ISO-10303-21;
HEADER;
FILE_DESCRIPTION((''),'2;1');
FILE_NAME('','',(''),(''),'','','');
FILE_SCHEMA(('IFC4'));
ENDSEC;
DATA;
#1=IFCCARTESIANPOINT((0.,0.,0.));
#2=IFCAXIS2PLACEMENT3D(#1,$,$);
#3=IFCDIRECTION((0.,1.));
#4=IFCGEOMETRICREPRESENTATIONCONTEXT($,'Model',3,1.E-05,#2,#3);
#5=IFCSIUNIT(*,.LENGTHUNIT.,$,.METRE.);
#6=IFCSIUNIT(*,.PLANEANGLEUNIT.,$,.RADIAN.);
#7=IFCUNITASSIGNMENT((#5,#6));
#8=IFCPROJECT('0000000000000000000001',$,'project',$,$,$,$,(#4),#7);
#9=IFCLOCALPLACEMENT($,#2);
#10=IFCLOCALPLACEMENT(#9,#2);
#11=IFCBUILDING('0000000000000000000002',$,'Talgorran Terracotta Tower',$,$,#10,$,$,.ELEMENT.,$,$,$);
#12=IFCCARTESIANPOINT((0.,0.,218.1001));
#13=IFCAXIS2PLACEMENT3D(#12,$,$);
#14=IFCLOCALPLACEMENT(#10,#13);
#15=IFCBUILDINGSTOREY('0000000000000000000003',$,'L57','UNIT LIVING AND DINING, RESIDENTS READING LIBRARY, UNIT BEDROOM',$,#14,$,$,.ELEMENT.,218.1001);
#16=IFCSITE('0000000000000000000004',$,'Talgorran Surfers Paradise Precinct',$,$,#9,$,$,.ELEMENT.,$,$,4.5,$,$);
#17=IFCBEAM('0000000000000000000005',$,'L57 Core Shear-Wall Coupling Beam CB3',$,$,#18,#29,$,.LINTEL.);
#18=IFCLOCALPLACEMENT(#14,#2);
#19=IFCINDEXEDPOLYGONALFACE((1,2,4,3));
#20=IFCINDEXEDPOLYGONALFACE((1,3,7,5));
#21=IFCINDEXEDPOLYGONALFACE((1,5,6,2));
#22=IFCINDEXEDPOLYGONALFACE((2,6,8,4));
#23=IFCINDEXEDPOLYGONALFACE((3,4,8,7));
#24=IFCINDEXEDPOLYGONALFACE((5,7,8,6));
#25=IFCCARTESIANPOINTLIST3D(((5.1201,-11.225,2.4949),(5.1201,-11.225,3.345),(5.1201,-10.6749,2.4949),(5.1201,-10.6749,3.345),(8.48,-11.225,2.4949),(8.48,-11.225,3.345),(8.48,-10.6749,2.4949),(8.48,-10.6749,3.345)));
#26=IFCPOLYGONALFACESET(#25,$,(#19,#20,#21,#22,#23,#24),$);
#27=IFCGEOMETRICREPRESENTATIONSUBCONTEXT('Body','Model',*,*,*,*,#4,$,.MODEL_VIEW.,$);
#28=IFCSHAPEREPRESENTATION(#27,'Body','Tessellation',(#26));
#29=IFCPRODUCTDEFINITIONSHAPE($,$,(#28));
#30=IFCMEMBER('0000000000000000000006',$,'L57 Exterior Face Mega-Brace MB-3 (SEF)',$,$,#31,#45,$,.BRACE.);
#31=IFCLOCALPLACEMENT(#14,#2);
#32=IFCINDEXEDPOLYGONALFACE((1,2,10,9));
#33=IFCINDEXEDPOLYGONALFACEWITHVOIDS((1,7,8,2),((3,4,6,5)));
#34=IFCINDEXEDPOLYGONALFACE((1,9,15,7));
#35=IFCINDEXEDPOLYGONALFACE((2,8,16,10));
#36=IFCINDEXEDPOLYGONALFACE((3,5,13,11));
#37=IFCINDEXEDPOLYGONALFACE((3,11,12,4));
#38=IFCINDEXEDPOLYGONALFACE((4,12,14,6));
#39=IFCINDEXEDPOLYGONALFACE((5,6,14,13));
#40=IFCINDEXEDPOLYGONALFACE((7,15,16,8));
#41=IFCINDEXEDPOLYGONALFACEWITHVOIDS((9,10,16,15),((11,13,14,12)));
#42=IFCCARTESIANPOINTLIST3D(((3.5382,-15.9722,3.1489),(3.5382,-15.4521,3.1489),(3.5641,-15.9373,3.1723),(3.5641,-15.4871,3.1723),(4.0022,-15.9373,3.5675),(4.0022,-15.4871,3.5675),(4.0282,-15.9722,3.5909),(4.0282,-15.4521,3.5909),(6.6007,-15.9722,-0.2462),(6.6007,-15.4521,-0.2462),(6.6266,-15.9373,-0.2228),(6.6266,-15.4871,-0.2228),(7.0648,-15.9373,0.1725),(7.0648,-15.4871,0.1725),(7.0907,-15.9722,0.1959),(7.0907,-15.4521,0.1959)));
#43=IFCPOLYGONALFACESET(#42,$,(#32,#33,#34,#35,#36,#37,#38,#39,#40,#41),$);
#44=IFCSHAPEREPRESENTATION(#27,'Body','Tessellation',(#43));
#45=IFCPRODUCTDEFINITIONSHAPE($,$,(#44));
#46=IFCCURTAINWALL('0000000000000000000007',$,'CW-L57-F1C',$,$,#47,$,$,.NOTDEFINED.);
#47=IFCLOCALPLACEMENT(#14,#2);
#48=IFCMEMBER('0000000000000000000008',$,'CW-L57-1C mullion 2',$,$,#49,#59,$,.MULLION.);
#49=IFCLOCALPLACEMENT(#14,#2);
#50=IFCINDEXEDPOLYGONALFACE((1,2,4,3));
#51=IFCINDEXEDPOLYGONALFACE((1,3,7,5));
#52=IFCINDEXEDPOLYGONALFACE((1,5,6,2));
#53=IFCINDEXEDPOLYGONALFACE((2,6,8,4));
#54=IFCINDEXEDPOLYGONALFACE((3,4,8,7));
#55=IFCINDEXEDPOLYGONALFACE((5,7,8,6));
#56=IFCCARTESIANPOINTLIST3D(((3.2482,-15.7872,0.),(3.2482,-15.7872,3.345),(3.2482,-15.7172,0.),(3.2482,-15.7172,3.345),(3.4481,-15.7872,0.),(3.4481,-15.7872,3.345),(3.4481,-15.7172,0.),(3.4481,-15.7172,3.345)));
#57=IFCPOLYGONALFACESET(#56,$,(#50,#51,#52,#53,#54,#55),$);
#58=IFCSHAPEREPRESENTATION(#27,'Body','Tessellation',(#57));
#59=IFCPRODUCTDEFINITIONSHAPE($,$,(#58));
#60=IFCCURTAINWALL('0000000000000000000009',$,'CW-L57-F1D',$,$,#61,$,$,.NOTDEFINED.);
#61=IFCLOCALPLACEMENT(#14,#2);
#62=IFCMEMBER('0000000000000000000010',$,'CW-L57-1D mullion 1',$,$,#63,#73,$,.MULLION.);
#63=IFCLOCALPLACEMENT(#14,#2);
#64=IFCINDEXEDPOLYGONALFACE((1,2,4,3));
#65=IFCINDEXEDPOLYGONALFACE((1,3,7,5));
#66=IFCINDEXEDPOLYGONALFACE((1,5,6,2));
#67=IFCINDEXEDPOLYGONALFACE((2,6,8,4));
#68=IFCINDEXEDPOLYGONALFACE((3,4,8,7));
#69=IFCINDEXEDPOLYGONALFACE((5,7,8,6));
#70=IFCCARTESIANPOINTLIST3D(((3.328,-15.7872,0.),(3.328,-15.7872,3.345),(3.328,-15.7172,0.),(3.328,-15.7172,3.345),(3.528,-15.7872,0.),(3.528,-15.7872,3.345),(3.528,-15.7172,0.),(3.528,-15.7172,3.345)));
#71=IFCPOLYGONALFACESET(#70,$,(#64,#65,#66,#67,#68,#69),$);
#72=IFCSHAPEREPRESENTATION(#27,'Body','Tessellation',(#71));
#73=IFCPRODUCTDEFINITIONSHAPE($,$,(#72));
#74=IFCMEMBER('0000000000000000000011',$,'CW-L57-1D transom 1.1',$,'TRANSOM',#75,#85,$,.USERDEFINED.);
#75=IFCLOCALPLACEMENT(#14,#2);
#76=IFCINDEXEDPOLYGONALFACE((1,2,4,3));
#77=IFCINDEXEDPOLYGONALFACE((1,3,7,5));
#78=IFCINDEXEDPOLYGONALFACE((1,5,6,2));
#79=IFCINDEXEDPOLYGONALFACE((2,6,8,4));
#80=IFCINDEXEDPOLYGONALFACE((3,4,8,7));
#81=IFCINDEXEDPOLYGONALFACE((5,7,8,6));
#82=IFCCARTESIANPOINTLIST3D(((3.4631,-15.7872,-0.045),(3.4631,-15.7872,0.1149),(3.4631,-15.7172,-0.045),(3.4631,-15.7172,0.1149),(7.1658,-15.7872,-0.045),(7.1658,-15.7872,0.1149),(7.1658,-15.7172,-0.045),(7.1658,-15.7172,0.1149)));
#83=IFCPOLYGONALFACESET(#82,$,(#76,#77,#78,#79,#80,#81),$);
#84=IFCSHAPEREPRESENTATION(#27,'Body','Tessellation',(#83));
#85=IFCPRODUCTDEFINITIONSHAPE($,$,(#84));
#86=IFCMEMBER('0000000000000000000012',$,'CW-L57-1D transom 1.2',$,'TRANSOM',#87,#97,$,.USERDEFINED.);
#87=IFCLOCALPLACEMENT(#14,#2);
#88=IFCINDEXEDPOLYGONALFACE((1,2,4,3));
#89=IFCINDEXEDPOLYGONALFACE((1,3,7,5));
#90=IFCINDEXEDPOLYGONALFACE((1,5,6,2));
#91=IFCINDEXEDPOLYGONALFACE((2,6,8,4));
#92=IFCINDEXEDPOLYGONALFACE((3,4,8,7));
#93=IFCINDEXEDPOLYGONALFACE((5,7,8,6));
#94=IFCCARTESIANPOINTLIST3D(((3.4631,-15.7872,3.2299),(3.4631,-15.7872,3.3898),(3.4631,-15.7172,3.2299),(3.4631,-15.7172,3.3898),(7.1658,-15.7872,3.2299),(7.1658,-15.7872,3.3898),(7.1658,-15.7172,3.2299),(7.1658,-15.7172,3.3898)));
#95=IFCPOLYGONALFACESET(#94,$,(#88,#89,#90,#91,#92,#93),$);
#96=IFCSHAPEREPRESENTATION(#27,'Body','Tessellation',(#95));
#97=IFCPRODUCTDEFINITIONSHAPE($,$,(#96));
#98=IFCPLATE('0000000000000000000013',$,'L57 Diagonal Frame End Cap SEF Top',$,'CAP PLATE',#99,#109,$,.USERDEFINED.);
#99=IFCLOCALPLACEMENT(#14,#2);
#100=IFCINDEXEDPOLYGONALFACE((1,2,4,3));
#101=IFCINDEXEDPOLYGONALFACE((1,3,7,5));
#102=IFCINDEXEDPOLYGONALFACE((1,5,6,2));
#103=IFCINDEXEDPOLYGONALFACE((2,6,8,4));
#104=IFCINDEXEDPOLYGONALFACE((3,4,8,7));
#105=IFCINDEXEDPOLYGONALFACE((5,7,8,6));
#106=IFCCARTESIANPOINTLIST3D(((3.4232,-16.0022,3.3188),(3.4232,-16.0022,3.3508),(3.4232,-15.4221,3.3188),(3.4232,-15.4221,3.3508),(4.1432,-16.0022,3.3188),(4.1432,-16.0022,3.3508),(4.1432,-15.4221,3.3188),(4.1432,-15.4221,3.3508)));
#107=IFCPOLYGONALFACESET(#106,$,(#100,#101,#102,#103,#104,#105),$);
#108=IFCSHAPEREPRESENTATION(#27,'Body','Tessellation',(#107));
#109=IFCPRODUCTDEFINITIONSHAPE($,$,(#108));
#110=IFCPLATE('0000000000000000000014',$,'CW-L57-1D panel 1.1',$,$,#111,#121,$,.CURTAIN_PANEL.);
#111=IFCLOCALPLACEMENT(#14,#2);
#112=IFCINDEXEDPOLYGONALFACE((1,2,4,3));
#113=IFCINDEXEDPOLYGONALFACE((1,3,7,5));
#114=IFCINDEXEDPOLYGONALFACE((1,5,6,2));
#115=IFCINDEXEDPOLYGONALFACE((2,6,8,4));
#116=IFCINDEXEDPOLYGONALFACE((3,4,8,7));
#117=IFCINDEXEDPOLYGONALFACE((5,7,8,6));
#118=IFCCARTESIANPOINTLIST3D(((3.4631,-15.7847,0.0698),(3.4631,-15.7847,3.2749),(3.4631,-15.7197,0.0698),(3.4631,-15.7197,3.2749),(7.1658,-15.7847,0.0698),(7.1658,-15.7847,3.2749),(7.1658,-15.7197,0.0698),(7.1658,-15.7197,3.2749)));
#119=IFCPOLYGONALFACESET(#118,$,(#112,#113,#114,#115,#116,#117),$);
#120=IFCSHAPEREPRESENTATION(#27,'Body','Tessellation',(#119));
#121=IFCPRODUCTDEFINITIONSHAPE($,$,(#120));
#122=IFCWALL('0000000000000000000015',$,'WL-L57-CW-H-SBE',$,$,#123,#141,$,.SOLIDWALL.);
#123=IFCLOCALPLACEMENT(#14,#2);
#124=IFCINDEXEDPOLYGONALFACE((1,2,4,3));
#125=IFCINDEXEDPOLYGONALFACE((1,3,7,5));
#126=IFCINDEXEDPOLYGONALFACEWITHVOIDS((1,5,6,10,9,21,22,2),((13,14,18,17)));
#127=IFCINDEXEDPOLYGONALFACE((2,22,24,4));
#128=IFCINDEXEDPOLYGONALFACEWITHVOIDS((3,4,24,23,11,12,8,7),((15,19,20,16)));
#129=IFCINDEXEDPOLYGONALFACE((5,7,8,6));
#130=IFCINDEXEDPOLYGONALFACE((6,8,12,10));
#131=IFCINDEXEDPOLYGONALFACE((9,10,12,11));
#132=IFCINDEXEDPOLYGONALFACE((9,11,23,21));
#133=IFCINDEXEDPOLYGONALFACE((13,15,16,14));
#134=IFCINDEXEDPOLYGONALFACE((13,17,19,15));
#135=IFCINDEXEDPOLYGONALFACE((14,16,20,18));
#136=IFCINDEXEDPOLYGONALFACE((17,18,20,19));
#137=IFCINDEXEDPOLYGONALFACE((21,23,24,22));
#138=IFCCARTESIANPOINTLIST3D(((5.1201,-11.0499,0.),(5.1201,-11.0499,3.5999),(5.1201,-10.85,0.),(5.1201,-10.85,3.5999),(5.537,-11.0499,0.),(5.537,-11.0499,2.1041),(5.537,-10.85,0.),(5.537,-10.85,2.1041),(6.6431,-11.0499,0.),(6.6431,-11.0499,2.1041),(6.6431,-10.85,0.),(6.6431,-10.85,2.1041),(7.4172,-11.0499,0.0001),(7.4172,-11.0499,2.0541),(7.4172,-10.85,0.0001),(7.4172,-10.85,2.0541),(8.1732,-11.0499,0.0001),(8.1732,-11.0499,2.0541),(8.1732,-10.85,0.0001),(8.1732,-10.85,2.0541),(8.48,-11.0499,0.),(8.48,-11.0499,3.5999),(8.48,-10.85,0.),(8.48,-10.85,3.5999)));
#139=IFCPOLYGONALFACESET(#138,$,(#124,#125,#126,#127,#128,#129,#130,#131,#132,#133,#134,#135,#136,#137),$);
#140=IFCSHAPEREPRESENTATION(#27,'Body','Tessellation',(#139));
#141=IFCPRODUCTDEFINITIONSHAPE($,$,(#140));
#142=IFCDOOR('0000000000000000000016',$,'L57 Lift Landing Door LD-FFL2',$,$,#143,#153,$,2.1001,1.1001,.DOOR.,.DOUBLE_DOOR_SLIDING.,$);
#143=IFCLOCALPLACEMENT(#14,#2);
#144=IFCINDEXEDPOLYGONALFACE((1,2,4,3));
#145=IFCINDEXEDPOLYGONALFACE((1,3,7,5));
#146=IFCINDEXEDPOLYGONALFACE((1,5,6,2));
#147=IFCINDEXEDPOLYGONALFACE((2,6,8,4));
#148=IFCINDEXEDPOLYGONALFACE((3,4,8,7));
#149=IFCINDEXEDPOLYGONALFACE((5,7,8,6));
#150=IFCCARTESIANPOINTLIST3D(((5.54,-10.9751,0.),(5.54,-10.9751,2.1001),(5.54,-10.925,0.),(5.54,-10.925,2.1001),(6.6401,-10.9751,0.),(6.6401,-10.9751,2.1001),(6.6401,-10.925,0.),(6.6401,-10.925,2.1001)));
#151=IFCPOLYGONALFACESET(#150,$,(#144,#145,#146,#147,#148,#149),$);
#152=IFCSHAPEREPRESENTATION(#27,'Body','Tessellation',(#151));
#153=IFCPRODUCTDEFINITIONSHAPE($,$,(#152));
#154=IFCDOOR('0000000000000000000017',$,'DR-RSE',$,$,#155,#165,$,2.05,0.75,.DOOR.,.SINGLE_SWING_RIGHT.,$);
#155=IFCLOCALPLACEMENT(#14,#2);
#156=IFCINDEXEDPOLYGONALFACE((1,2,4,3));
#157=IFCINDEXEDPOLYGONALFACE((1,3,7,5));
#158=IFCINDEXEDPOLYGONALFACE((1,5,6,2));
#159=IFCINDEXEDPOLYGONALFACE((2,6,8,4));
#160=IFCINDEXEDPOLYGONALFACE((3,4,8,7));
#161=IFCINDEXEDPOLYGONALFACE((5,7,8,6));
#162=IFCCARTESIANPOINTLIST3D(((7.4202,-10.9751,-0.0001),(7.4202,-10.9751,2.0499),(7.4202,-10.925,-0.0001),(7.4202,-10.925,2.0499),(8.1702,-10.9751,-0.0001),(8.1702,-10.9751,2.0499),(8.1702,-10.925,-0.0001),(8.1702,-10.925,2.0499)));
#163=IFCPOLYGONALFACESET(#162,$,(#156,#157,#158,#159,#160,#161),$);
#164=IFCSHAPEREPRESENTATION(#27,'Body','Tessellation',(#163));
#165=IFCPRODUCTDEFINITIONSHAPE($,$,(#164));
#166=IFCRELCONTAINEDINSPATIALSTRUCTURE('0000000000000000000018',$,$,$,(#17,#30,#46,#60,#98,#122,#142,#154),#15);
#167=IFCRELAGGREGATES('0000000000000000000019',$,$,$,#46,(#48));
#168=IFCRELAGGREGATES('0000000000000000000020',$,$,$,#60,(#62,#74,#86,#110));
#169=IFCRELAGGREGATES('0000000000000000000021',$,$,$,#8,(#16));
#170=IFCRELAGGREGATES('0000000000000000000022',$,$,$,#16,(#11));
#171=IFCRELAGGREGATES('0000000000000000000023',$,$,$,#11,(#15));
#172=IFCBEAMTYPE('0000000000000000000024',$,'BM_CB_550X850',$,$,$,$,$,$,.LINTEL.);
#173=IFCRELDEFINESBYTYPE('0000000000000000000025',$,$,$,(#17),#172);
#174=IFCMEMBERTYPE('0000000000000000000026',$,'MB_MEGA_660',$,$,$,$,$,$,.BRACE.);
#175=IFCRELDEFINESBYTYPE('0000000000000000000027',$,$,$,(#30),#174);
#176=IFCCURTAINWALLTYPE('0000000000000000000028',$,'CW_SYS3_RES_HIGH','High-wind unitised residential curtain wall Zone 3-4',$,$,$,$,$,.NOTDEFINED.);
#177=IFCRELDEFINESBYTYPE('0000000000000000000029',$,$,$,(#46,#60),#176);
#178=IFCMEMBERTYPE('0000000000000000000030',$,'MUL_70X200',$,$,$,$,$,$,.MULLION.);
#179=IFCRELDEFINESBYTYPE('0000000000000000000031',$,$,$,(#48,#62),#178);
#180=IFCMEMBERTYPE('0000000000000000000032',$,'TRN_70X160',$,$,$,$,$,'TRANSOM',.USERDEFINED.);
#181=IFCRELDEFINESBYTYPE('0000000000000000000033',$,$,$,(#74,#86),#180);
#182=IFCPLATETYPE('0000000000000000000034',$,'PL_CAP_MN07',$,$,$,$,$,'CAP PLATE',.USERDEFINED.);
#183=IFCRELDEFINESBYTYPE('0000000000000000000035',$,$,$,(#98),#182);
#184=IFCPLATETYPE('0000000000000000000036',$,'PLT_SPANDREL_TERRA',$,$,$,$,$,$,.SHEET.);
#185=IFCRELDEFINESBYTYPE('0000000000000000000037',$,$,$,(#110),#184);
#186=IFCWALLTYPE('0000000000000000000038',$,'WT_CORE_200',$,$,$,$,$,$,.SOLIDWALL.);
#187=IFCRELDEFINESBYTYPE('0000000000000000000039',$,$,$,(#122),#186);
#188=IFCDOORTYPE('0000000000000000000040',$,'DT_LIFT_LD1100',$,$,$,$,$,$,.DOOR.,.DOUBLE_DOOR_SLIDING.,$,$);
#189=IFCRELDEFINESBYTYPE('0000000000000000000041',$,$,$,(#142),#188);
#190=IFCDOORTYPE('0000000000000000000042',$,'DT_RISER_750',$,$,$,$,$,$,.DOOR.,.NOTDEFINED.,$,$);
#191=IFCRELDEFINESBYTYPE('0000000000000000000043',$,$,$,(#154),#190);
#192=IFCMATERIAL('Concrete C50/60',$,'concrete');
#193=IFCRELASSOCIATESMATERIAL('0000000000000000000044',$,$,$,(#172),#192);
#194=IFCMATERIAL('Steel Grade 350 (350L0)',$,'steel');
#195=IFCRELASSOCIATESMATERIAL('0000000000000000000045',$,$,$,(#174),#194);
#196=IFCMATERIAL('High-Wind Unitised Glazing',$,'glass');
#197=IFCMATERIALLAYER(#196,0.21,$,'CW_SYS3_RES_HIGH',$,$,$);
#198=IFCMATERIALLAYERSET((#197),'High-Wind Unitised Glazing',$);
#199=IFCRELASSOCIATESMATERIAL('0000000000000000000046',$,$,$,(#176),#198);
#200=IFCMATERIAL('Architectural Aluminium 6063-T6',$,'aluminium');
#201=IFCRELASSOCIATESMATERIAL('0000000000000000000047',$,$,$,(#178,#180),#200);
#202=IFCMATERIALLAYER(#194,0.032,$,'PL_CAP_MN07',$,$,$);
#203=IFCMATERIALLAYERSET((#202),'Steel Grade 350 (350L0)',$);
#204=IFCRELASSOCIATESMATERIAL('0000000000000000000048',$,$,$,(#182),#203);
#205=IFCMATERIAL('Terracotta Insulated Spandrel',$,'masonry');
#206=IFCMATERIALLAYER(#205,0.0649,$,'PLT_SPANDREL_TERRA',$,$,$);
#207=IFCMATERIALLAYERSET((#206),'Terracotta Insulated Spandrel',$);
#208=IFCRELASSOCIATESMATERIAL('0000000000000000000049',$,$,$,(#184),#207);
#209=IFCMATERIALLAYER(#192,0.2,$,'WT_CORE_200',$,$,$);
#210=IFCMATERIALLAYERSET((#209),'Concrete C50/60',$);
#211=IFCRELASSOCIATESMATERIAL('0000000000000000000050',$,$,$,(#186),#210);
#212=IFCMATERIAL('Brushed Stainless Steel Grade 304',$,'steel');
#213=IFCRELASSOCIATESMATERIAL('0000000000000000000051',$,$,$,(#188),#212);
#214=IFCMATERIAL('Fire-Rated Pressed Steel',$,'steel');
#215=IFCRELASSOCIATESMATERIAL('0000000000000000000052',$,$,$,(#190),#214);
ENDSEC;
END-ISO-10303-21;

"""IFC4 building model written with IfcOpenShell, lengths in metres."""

from ifc_helpers import new_model, si_unit, direction, frame, frame_2d, origin, origin_2d, place, context, subcontext, project, spatial, rectangle, hollow_rectangle, extrude, source, transform, mapped, material, layer, layer_set, material_profile, profile_set, type_object, type_shapes, element, fill, aggregate, save


model = new_model("IFC4")

# Units and contexts
model_context = context("Model", 3, precision=1e-05, world=origin(), true_north=direction((0.0, 1.0)))
body_context = subcontext(model_context, "Body", "Model", "MODEL_VIEW")
ifc_project = project(units=[si_unit("LENGTHUNIT", "METRE"), si_unit("PLANEANGLEUNIT", "RADIAN")], contexts=[model_context])

# Site, building, storey
site_placement = place(None, origin())
site = spatial("IfcSite", under=ifc_project, at=site_placement, Name="Talgorran Surfers Paradise Precinct", CompositionType="ELEMENT", RefElevation=4.5)
building_placement = place(site_placement, origin())
building = spatial("IfcBuilding", under=site, at=building_placement, Name="Talgorran Terracotta Tower", CompositionType="ELEMENT")
storey_placement = place(building_placement, frame((0.0, 0.0, 218.1001)))
storey = spatial("IfcBuildingStorey", under=building, at=storey_placement, Name="L57", Description="UNIT LIVING AND DINING, RESIDENTS READING LIBRARY, UNIT BEDROOM", CompositionType="ELEMENT", Elevation=218.1001)

# Beam
ifc_material_1 = material(Name="Concrete C50/60", Category="concrete")
ifc_material_profile_1 = material_profile(ifc_material_1, rectangle(XDim=0.55, YDim=0.8501, at=origin_2d()), Name="RCCB550X850")
ifc_profile_set_1 = profile_set([ifc_material_profile_1], Name="Concrete C50/60")
beam_type = type_object("IfcBeamType", Name="BM_CB_550X850", PredefinedType="LINTEL", material=ifc_profile_set_1)
beam_placement = place(storey_placement, frame((5.1201, -10.95, 2.9199), z_axis=(1.0, 0.0, 0.0), x_axis=(0.0, 1.0, 0.0)))
element("IfcBeam", 1, at=beam_placement, inside=storey, type_object=beam_type, Name="L57 Core Shear-Wall Coupling Beam CB3", PredefinedType="LINTEL", context=body_context, shape_type="SweptSolid", body=[
    extrude(rectangle(XDim=0.55, YDim=0.8501, at=origin_2d()), origin(), (0.0, 0.0, 1.0), 3.3599),
])

# Member
ifc_material_2 = material(Name="Steel Grade 350 (350L0)", Category="steel")
ifc_material_profile_2 = material_profile(ifc_material_2, hollow_rectangle(XDim=0.52, YDim=0.6599, WallThickness=0.0349, at=origin_2d()), Name="WBOX660X520X35")
ifc_profile_set_2 = profile_set([ifc_material_profile_2], Name="Steel Grade 350 (350L0)")
member_type_1 = type_object("IfcMemberType", Name="MB_MEGA_660", PredefinedType="BRACE", material=ifc_profile_set_2)
member_1_placement = place(storey_placement, frame((6.8457, -15.7122, -0.0251), z_axis=(-0.669808, 0.0, 0.742534), x_axis=(0.0, -1.0, 0.0)))
element("IfcMember", 2, at=member_1_placement, inside=storey, type_object=member_type_1, Name="L57 Exterior Face Mega-Brace MB-3 (SEF)", PredefinedType="BRACE", context=body_context, shape_type="SweptSolid", body=[
    extrude(hollow_rectangle(XDim=0.52, YDim=0.6599, WallThickness=0.0349, at=origin_2d()), origin(), (0.0, 0.0, 1.0), 4.5723),
])

# Curtain wall, member
ifc_material_3 = material(Name="High-Wind Unitised Glazing", Category="glass")
ifc_layer_1 = layer(ifc_material_3, 0.21, Name="CW_SYS3_RES_HIGH")
ifc_layer_set_1 = layer_set([ifc_layer_1], Name="High-Wind Unitised Glazing")
curtain_wall_type = type_object("IfcCurtainWallType", Name="CW_SYS3_RES_HIGH", Description="High-wind unitised residential curtain wall Zone 3-4", PredefinedType="NOTDEFINED", material=ifc_layer_set_1)
curtain_wall_1_placement = place(storey_placement, origin())
curtain_wall_1 = element("IfcCurtainWall", 3, at=curtain_wall_1_placement, inside=storey, type_object=curtain_wall_type, Name="CW-L57-F1C", PredefinedType="NOTDEFINED")
ifc_material_4 = material(Name="Architectural Aluminium 6063-T6", Category="aluminium")
ifc_material_profile_3 = material_profile(ifc_material_4, rectangle(XDim=0.0701, YDim=0.2, at=origin_2d()), Name="CWM70X200")
ifc_profile_set_3 = profile_set([ifc_material_profile_3], Name="Architectural Aluminium 6063-T6")
member_type_2 = type_object("IfcMemberType", Name="MUL_70X200", PredefinedType="MULLION", material=ifc_profile_set_3)
member_2_placement = place(storey_placement, frame((3.3481, -15.7522, 0.0), z_axis=(0.0, 0.0, 1.0), x_axis=(0.0, 1.0, 0.0)))
member_2 = element("IfcMember", 4, at=member_2_placement, type_object=member_type_2, Name="CW-L57-1C mullion 2", PredefinedType="MULLION", context=body_context, shape_type="SweptSolid", body=[
    extrude(rectangle(XDim=0.0701, YDim=0.2, at=origin_2d()), origin(), (0.0, 0.0, 1.0), 3.345),
])
aggregate(curtain_wall_1, [member_2])

# Curtain wall, members
curtain_wall_2_placement = place(storey_placement, origin())
curtain_wall_2 = element("IfcCurtainWall", 5, at=curtain_wall_2_placement, inside=storey, type_object=curtain_wall_type, Name="CW-L57-F1D", PredefinedType="NOTDEFINED")
member_3_placement = place(storey_placement, frame((3.428, -15.7522, 0.0), z_axis=(0.0, 0.0, 1.0), x_axis=(0.0, 1.0, 0.0)))
member_3 = element("IfcMember", 6, at=member_3_placement, type_object=member_type_2, Name="CW-L57-1D mullion 1", PredefinedType="MULLION", context=body_context, shape_type="SweptSolid", body=[
    extrude(rectangle(XDim=0.0701, YDim=0.2, at=origin_2d()), origin(), (0.0, 0.0, 1.0), 3.345),
])
ifc_material_profile_4 = material_profile(ifc_material_4, rectangle(XDim=0.0701, YDim=0.1599, at=origin_2d()), Name="CWT70X160")
ifc_profile_set_4 = profile_set([ifc_material_profile_4], Name="Architectural Aluminium 6063-T6")
member_type_3 = type_object("IfcMemberType", Name="TRN_70X160", ElementType="TRANSOM", PredefinedType="USERDEFINED", material=ifc_profile_set_4)
member_4_placement = place(storey_placement, frame((3.4631, -15.7522, 0.0349), z_axis=(1.0, 0.0, 0.0), x_axis=(0.0, 1.0, 0.0)))
member_4 = element("IfcMember", 7, at=member_4_placement, type_object=member_type_3, Name="CW-L57-1D transom 1.1", ObjectType="TRANSOM", PredefinedType="USERDEFINED", context=body_context, shape_type="SweptSolid", body=[
    extrude(rectangle(XDim=0.0701, YDim=0.1599, at=origin_2d()), origin(), (0.0, 0.0, 1.0), 3.7026),
])
member_5_placement = place(storey_placement, frame((3.4631, -15.7522, 3.3098), z_axis=(1.0, 0.0, 0.0), x_axis=(0.0, 1.0, 0.0)))
member_5 = element("IfcMember", 8, at=member_5_placement, type_object=member_type_3, Name="CW-L57-1D transom 1.2", ObjectType="TRANSOM", PredefinedType="USERDEFINED", context=body_context, shape_type="SweptSolid", body=[
    extrude(rectangle(XDim=0.0701, YDim=0.1599, at=origin_2d()), origin(), (0.0, 0.0, 1.0), 3.7026),
])

# Plates
ifc_layer_2 = layer(ifc_material_2, 0.032, Name="PL_CAP_MN07")
ifc_layer_set_2 = layer_set([ifc_layer_2], Name="Steel Grade 350 (350L0)")
plate_type_1 = type_object("IfcPlateType", Name="PL_CAP_MN07", ElementType="CAP PLATE", PredefinedType="USERDEFINED", material=ifc_layer_set_2)
plate_1_placement = place(storey_placement, frame((3.7832, -15.7122, 3.3188), z_axis=(0.0, 0.0, 1.0), x_axis=(-1.0, 0.0, 0.0)))
element("IfcPlate", 9, at=plate_1_placement, inside=storey, type_object=plate_type_1, Name="L57 Diagonal Frame End Cap SEF Top", ObjectType="CAP PLATE", PredefinedType="USERDEFINED", context=body_context, shape_type="SweptSolid", body=[
    extrude(rectangle(XDim=0.72, YDim=0.5801, at=origin_2d()), origin(), (0.0, 0.0, 1.0), 0.032),
])
ifc_material_5 = material(Name="Terracotta Insulated Spandrel", Category="masonry")
ifc_layer_3 = layer(ifc_material_5, 0.0649, Name="PLT_SPANDREL_TERRA")
ifc_layer_set_3 = layer_set([ifc_layer_3], Name="Terracotta Insulated Spandrel")
plate_type_2 = type_object("IfcPlateType", Name="PLT_SPANDREL_TERRA", PredefinedType="SHEET", material=ifc_layer_set_3)
shared_shape = source(origin(), body_context, "Body", "SweptSolid", [
    extrude(rectangle(XDim=3.7026, YDim=0.0649, at=origin_2d()), origin(), (0.0, 0.0, 1.0), 3.2051),
])
type_shapes(plate_type_2, [shared_shape])
plate_2_placement = place(storey_placement, frame((5.3145, -15.7522, 0.0698), z_axis=(0.0, 0.0, 1.0), x_axis=(1.0, 0.0, 0.0)))
plate_2 = element("IfcPlate", 10, at=plate_2_placement, type_object=plate_type_2, Name="CW-L57-1D panel 1.1", PredefinedType="CURTAIN_PANEL", context=body_context, shape_type="MappedRepresentation", body=[
    mapped(shared_shape, transform((0.0, 0.0, 0.0), scale=1.0)),
])
aggregate(curtain_wall_2, [member_3, member_4, member_5, plate_2])

# Wall, openings, doors
ifc_layer_4 = layer(ifc_material_1, 0.2, Name="WT_CORE_200")
ifc_layer_set_4 = layer_set([ifc_layer_4], Name="Concrete C50/60")
wall_type_1 = type_object("IfcWallType", Name="WT_CORE_200", PredefinedType="SOLIDWALL", material=ifc_layer_set_4)
wall_1_placement = place(storey_placement, frame((5.1201, -10.95, 0.0), z_axis=(0.0, 0.0, 1.0), x_axis=(1.0, 0.0, 0.0)))
wall_1 = element("IfcWall", 11, at=wall_1_placement, inside=storey, type_object=wall_type_1, Name="WL-L57-CW-H-SBE", PredefinedType="SOLIDWALL", context=body_context, shape_type="SweptSolid", body=[
    extrude(rectangle(XDim=3.3599, YDim=0.2, at=frame_2d((1.6799, 0.0))), origin(), (0.0, 0.0, 1.0), 3.5999),
])
opening_1_placement = place(wall_1_placement, frame((0.4199, 0.0, 0.0)))
opening_1 = element("IfcOpeningElement", 12, at=opening_1_placement, cuts=wall_1, PredefinedType="OPENING", context=body_context, shape_type="SweptSolid", body=[
    extrude(rectangle(XDim=1.1061, YDim=2.1041, at=frame_2d((0.55, 1.052))), frame((0.0, 0.1099, 0.0), z_axis=(0.0, -1.0, 0.0), x_axis=(1.0, 0.0, 0.0)), (0.0, 0.0, 1.0), 0.22),
])
opening_2_placement = place(wall_1_placement, frame((2.3, 0.0, 0.0)))
opening_2 = element("IfcOpeningElement", 13, at=opening_2_placement, cuts=wall_1, PredefinedType="OPENING", context=body_context, shape_type="SweptSolid", body=[
    extrude(rectangle(XDim=0.756, YDim=2.054, at=frame_2d((0.375, 1.0271))), frame((0.0, 0.1099, 0.0), z_axis=(0.0, -1.0, 0.0), x_axis=(1.0, 0.0, 0.0)), (0.0, 0.0, 1.0), 0.22),
])
ifc_material_6 = material(Name="Brushed Stainless Steel Grade 304", Category="steel")
door_type_1 = type_object("IfcDoorType", Name="DT_LIFT_LD1100", OperationType="DOUBLE_DOOR_SLIDING", PredefinedType="DOOR", material=ifc_material_6)
door_1_placement = place(opening_1_placement, origin())
door_1 = element("IfcDoor", 14, at=door_1_placement, inside=storey, type_object=door_type_1, Name="L57 Lift Landing Door LD-FFL2", OperationType="DOUBLE_DOOR_SLIDING", OverallHeight=2.1001, OverallWidth=1.1001, PredefinedType="DOOR", context=body_context, shape_type="SweptSolid", body=[
    extrude(rectangle(XDim=1.1001, YDim=2.1001, at=frame_2d((0.55, 1.05))), frame((0.0, 0.0249, 0.0), z_axis=(0.0, -1.0, 0.0), x_axis=(1.0, 0.0, 0.0)), (0.0, 0.0, 1.0), 0.05),
])
fill(opening_1, door_1)
ifc_material_7 = material(Name="Fire-Rated Pressed Steel", Category="steel")
door_type_2 = type_object("IfcDoorType", Name="DT_RISER_750", OperationType="NOTDEFINED", PredefinedType="DOOR", material=ifc_material_7)
door_2_placement = place(opening_2_placement, origin())
door_2 = element("IfcDoor", 15, at=door_2_placement, inside=storey, type_object=door_type_2, Name="DR-RSE", OperationType="SINGLE_SWING_RIGHT", OverallHeight=2.05, OverallWidth=0.75, PredefinedType="DOOR", context=body_context, shape_type="SweptSolid", body=[
    extrude(rectangle(XDim=0.75, YDim=2.05, at=frame_2d((0.375, 1.0249))), frame((0.0, 0.0249, 0.0), z_axis=(0.0, -1.0, 0.0), x_axis=(1.0, 0.0, 0.0)), (0.0, 0.0, 1.0), 0.05),
])
fill(opening_2, door_2)

save(model, "model.ifc")
